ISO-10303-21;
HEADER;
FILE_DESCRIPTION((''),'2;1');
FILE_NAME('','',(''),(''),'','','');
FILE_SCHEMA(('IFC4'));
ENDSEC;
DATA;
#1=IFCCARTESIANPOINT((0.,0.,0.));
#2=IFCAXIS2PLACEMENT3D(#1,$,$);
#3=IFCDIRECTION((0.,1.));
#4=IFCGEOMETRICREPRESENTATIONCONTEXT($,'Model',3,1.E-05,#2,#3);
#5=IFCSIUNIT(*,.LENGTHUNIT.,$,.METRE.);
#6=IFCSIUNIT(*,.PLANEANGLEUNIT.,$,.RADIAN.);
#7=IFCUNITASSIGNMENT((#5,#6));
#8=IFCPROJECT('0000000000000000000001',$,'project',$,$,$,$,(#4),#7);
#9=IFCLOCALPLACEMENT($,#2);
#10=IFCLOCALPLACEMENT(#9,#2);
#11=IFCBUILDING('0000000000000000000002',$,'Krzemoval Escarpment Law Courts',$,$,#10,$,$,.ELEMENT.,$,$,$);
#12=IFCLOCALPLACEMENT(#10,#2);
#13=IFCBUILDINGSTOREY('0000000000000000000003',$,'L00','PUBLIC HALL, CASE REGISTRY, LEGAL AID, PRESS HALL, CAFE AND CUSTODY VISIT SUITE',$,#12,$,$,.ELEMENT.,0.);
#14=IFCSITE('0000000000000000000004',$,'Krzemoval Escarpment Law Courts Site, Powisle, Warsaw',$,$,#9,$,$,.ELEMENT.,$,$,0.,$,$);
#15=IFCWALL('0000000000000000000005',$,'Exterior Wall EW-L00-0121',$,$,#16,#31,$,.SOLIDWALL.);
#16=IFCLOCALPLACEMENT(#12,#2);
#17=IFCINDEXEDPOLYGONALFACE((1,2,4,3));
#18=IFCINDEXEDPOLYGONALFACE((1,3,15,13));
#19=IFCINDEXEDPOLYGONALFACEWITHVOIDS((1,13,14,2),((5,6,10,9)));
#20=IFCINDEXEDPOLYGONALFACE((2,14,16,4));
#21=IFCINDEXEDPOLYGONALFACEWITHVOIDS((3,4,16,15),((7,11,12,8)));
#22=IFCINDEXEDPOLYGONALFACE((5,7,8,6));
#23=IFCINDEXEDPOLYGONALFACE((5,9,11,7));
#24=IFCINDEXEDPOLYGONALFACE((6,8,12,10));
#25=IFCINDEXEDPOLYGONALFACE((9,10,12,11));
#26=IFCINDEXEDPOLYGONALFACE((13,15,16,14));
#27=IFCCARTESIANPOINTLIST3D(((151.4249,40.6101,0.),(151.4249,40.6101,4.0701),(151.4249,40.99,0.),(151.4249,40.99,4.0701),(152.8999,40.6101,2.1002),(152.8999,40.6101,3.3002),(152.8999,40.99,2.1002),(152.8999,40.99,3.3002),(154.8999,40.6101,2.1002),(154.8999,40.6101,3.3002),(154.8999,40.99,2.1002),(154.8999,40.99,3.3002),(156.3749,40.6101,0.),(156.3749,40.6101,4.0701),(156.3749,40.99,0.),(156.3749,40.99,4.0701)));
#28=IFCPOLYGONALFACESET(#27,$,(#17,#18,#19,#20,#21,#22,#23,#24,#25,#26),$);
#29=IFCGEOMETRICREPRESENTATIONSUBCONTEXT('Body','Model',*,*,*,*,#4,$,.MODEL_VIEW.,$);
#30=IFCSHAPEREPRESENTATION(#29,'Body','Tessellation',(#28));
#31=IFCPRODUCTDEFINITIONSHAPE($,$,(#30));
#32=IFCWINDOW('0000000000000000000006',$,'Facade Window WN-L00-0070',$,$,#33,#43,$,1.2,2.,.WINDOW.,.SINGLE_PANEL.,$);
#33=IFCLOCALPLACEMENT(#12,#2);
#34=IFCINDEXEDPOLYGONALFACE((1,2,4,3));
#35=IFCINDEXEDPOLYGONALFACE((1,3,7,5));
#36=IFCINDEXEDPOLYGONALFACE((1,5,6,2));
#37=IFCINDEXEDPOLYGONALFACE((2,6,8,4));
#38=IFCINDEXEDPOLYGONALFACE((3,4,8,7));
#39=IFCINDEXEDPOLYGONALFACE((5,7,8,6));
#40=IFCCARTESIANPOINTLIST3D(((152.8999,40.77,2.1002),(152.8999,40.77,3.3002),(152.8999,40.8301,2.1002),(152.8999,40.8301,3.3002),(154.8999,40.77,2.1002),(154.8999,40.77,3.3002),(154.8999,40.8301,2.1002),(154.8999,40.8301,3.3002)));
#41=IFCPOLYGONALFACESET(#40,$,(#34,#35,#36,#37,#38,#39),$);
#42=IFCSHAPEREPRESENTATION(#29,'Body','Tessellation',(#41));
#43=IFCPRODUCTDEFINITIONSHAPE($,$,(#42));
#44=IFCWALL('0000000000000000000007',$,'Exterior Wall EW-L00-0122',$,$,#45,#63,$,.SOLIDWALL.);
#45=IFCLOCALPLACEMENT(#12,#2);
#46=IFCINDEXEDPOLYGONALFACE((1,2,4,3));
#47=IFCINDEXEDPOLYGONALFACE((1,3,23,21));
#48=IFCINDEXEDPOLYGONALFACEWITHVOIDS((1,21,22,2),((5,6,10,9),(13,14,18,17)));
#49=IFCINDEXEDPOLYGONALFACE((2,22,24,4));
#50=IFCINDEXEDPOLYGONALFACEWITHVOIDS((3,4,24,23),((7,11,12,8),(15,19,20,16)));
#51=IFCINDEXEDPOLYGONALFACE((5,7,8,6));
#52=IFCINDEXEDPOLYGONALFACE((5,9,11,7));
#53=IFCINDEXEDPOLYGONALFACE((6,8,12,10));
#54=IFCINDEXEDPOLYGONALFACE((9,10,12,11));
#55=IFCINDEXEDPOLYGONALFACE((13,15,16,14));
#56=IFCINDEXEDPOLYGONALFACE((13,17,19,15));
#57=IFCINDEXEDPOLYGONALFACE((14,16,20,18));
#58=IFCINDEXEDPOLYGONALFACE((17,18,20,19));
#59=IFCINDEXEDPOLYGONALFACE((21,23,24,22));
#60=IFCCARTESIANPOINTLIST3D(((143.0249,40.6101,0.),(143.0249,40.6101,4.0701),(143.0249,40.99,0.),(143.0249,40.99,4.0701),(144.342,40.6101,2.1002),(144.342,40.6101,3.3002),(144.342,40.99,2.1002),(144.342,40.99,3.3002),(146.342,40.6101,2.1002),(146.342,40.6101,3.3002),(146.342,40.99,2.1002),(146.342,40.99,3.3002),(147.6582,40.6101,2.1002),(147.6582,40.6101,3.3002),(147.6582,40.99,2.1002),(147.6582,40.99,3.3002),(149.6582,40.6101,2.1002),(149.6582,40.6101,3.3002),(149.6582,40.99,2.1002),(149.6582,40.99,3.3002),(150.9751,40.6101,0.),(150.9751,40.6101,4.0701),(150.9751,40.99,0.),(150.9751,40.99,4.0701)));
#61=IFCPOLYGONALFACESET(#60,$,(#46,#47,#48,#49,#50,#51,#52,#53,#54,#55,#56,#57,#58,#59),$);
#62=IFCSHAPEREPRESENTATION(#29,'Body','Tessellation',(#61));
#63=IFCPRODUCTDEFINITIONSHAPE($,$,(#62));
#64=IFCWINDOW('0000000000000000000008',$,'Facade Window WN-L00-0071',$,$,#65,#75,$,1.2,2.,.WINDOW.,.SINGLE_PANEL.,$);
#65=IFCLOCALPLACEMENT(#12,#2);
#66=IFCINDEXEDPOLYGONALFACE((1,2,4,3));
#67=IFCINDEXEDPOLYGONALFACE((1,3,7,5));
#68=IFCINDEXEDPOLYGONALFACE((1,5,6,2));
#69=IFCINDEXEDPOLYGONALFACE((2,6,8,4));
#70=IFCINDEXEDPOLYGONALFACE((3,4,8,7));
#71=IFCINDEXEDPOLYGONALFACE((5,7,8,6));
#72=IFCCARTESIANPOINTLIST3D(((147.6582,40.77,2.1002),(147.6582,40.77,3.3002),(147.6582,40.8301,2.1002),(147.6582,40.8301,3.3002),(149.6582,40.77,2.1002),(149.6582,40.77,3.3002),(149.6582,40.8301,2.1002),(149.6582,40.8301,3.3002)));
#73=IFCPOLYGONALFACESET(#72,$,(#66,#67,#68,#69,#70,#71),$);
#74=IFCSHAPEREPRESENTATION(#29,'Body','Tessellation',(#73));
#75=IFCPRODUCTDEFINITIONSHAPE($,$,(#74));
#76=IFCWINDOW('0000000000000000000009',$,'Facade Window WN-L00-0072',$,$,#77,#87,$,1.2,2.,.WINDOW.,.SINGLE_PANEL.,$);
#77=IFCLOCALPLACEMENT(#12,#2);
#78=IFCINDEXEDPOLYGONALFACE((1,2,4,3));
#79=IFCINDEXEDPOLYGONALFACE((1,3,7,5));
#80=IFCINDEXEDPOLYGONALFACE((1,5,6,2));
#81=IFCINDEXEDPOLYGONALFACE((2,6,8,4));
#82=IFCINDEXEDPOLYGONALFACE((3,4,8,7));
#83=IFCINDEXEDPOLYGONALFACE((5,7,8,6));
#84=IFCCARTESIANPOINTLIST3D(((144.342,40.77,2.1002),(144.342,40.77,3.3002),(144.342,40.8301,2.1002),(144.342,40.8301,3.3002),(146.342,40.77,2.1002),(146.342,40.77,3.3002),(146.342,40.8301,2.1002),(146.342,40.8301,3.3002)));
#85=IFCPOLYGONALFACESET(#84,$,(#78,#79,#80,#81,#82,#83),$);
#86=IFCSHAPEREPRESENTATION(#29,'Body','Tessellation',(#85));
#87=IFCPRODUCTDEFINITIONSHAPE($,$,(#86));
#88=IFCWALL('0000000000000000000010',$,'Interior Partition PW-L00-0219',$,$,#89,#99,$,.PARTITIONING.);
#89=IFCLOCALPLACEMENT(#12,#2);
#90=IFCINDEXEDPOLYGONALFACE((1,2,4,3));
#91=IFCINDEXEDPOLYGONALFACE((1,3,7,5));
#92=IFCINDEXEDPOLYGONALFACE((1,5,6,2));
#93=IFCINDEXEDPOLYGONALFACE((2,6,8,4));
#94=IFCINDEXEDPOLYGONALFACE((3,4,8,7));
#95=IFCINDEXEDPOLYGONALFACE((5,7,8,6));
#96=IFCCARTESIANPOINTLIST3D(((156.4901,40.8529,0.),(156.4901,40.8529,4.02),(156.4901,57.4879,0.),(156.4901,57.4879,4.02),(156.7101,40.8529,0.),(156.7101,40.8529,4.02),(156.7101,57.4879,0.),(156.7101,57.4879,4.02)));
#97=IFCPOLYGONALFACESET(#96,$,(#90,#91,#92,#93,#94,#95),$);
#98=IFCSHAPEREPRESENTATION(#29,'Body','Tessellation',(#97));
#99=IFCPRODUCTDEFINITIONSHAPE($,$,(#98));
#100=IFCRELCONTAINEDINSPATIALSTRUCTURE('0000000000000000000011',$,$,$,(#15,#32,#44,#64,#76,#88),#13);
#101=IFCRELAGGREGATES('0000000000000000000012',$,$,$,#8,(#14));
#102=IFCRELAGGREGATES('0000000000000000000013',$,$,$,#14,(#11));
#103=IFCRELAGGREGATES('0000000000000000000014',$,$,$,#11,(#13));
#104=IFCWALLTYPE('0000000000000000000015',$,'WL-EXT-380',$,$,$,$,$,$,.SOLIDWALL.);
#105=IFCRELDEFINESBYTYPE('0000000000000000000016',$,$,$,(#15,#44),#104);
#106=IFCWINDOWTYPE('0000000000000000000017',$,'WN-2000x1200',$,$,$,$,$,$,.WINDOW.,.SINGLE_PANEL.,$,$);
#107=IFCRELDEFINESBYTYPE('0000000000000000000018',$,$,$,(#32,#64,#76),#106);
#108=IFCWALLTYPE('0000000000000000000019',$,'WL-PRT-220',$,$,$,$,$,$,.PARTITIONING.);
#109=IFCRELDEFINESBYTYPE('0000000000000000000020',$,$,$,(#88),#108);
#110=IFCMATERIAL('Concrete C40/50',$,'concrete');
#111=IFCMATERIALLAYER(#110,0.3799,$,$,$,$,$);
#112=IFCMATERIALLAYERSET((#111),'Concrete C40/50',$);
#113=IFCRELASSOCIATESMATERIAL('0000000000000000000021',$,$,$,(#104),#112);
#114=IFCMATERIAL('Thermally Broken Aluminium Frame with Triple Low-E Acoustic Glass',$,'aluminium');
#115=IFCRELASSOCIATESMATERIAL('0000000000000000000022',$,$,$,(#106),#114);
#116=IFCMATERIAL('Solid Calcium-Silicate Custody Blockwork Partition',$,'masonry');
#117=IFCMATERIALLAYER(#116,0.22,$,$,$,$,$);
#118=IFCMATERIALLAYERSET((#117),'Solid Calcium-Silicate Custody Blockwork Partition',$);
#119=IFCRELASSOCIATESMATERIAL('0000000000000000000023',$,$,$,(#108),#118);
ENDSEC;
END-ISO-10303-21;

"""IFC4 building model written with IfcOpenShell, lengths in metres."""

from ifc_helpers import new_model, si_unit, direction, frame, frame_2d, origin, place, context, subcontext, project, spatial, rectangle, extrude, material, layer, layer_set, type_object, element, fill, save


model = new_model("IFC4")

# Units and contexts
model_context = context("Model", 3, precision=1e-05, world=origin(), true_north=direction((0.0, 1.0)))
body_context = subcontext(model_context, "Body", "Model", "MODEL_VIEW")
ifc_project = project(units=[si_unit("LENGTHUNIT", "METRE"), si_unit("PLANEANGLEUNIT", "RADIAN")], contexts=[model_context])

# Site, building, storey
site_placement = place(None, origin())
site = spatial("IfcSite", under=ifc_project, at=site_placement, Name="Krzemoval Escarpment Law Courts Site, Powisle, Warsaw", CompositionType="ELEMENT", RefElevation=0.0)
building_placement = place(site_placement, origin())
building = spatial("IfcBuilding", under=site, at=building_placement, Name="Krzemoval Escarpment Law Courts", CompositionType="ELEMENT")
storey_placement = place(building_placement, origin())
storey = spatial("IfcBuildingStorey", under=building, at=storey_placement, Name="L00", Description="PUBLIC HALL, CASE REGISTRY, LEGAL AID, PRESS HALL, CAFE AND CUSTODY VISIT SUITE", CompositionType="ELEMENT", Elevation=0.0)

# Wall, opening, window
ifc_material_1 = material(Name="Concrete C40/50", Category="concrete")
ifc_layer_1 = layer(ifc_material_1, 0.3799)
ifc_layer_set_1 = layer_set([ifc_layer_1], Name="Concrete C40/50")
wall_type_1 = type_object("IfcWallType", Name="WL-EXT-380", PredefinedType="SOLIDWALL", material=ifc_layer_set_1)
wall_1_placement = place(storey_placement, frame((156.375, 40.8, 0.0), z_axis=(0.0, 0.0, 1.0), x_axis=(-1.0, 0.0, 0.0)))
wall_1 = element("IfcWall", 1, at=wall_1_placement, inside=storey, type_object=wall_type_1, Name="Exterior Wall EW-L00-0121", PredefinedType="SOLIDWALL", context=body_context, shape_type="SweptSolid", body=[
    extrude(rectangle(XDim=4.95, YDim=0.3799, at=frame_2d((2.4751, 0.0))), origin(), (0.0, 0.0, 1.0), 4.0701),
])
opening_1_placement = place(wall_1_placement, frame((1.4751, 0.0, 2.1001)))
opening_1 = element("IfcOpeningElement", 2, at=opening_1_placement, cuts=wall_1, PredefinedType="OPENING", context=body_context, shape_type="SweptSolid", body=[
    extrude(rectangle(XDim=2.0, YDim=1.2, at=frame_2d((1.0, 0.6001))), frame((0.0, 0.2049, 0.0), z_axis=(0.0, -1.0, 0.0), x_axis=(1.0, 0.0, 0.0)), (0.0, 0.0, 1.0), 0.4099),
])
ifc_material_2 = material(Name="Thermally Broken Aluminium Frame with Triple Low-E Acoustic Glass", Category="aluminium")
window_type = type_object("IfcWindowType", Name="WN-2000x1200", PartitioningType="SINGLE_PANEL", PredefinedType="WINDOW", material=ifc_material_2)
window_1_placement = place(opening_1_placement, origin())
window_1 = element("IfcWindow", 3, at=window_1_placement, inside=storey, type_object=window_type, Name="Facade Window WN-L00-0070", OverallHeight=1.2, OverallWidth=2.0, PartitioningType="SINGLE_PANEL", PredefinedType="WINDOW", context=body_context, shape_type="SweptSolid", body=[
    extrude(rectangle(XDim=2.0, YDim=1.2, at=frame_2d((1.0, 0.6001))), frame((0.0, 0.03, 0.0), z_axis=(0.0, -1.0, 0.0), x_axis=(1.0, 0.0, 0.0)), (0.0, 0.0, 1.0), 0.0601),
])
fill(opening_1, window_1)

# Wall, openings, windows
wall_2_placement = place(storey_placement, frame((150.9751, 40.8, 0.0), z_axis=(0.0, 0.0, 1.0), x_axis=(-1.0, 0.0, 0.0)))
wall_2 = element("IfcWall", 4, at=wall_2_placement, inside=storey, type_object=wall_type_1, Name="Exterior Wall EW-L00-0122", PredefinedType="SOLIDWALL", context=body_context, shape_type="SweptSolid", body=[
    extrude(rectangle(XDim=7.9502, YDim=0.3799, at=frame_2d((3.9751, 0.0))), origin(), (0.0, 0.0, 1.0), 4.0701),
])
opening_2_placement = place(wall_2_placement, frame((1.3169, 0.0, 2.1001)))
opening_2 = element("IfcOpeningElement", 5, at=opening_2_placement, cuts=wall_2, PredefinedType="OPENING", context=body_context, shape_type="SweptSolid", body=[
    extrude(rectangle(XDim=2.0, YDim=1.2, at=frame_2d((1.0, 0.6001))), frame((0.0, 0.2049, 0.0), z_axis=(0.0, -1.0, 0.0), x_axis=(1.0, 0.0, 0.0)), (0.0, 0.0, 1.0), 0.4099),
])
opening_3_placement = place(wall_2_placement, frame((4.6331, 0.0, 2.1001)))
opening_3 = element("IfcOpeningElement", 6, at=opening_3_placement, cuts=wall_2, PredefinedType="OPENING", context=body_context, shape_type="SweptSolid", body=[
    extrude(rectangle(XDim=2.0, YDim=1.2, at=frame_2d((1.0, 0.6001))), frame((0.0, 0.2049, 0.0), z_axis=(0.0, -1.0, 0.0), x_axis=(1.0, 0.0, 0.0)), (0.0, 0.0, 1.0), 0.4099),
])
window_2_placement = place(opening_2_placement, origin())
window_2 = element("IfcWindow", 7, at=window_2_placement, inside=storey, type_object=window_type, Name="Facade Window WN-L00-0071", OverallHeight=1.2, OverallWidth=2.0, PartitioningType="SINGLE_PANEL", PredefinedType="WINDOW", context=body_context, shape_type="SweptSolid", body=[
    extrude(rectangle(XDim=2.0, YDim=1.2, at=frame_2d((1.0, 0.6001))), frame((0.0, 0.03, 0.0), z_axis=(0.0, -1.0, 0.0), x_axis=(1.0, 0.0, 0.0)), (0.0, 0.0, 1.0), 0.0601),
])
fill(opening_2, window_2)
window_3_placement = place(opening_3_placement, origin())
window_3 = element("IfcWindow", 8, at=window_3_placement, inside=storey, type_object=window_type, Name="Facade Window WN-L00-0072", OverallHeight=1.2, OverallWidth=2.0, PartitioningType="SINGLE_PANEL", PredefinedType="WINDOW", context=body_context, shape_type="SweptSolid", body=[
    extrude(rectangle(XDim=2.0, YDim=1.2, at=frame_2d((1.0, 0.6001))), frame((0.0, 0.03, 0.0), z_axis=(0.0, -1.0, 0.0), x_axis=(1.0, 0.0, 0.0)), (0.0, 0.0, 1.0), 0.0601),
])
fill(opening_3, window_3)

# Wall
ifc_material_3 = material(Name="Solid Calcium-Silicate Custody Blockwork Partition", Category="masonry")
ifc_layer_2 = layer(ifc_material_3, 0.22)
ifc_layer_set_2 = layer_set([ifc_layer_2], Name="Solid Calcium-Silicate Custody Blockwork Partition")
wall_type_2 = type_object("IfcWallType", Name="WL-PRT-220", PredefinedType="PARTITIONING", material=ifc_layer_set_2)
wall_3_placement = place(storey_placement, frame((156.6001, 40.853, 0.0), z_axis=(0.0, 0.0, 1.0), x_axis=(0.0, 1.0, 0.0)))
element("IfcWall", 9, at=wall_3_placement, inside=storey, type_object=wall_type_2, Name="Interior Partition PW-L00-0219", PredefinedType="PARTITIONING", context=body_context, shape_type="SweptSolid", body=[
    extrude(rectangle(XDim=16.635, YDim=0.22, at=frame_2d((8.3174, 0.0))), origin(), (0.0, 0.0, 1.0), 4.02),
])

save(model, "model.ifc")
